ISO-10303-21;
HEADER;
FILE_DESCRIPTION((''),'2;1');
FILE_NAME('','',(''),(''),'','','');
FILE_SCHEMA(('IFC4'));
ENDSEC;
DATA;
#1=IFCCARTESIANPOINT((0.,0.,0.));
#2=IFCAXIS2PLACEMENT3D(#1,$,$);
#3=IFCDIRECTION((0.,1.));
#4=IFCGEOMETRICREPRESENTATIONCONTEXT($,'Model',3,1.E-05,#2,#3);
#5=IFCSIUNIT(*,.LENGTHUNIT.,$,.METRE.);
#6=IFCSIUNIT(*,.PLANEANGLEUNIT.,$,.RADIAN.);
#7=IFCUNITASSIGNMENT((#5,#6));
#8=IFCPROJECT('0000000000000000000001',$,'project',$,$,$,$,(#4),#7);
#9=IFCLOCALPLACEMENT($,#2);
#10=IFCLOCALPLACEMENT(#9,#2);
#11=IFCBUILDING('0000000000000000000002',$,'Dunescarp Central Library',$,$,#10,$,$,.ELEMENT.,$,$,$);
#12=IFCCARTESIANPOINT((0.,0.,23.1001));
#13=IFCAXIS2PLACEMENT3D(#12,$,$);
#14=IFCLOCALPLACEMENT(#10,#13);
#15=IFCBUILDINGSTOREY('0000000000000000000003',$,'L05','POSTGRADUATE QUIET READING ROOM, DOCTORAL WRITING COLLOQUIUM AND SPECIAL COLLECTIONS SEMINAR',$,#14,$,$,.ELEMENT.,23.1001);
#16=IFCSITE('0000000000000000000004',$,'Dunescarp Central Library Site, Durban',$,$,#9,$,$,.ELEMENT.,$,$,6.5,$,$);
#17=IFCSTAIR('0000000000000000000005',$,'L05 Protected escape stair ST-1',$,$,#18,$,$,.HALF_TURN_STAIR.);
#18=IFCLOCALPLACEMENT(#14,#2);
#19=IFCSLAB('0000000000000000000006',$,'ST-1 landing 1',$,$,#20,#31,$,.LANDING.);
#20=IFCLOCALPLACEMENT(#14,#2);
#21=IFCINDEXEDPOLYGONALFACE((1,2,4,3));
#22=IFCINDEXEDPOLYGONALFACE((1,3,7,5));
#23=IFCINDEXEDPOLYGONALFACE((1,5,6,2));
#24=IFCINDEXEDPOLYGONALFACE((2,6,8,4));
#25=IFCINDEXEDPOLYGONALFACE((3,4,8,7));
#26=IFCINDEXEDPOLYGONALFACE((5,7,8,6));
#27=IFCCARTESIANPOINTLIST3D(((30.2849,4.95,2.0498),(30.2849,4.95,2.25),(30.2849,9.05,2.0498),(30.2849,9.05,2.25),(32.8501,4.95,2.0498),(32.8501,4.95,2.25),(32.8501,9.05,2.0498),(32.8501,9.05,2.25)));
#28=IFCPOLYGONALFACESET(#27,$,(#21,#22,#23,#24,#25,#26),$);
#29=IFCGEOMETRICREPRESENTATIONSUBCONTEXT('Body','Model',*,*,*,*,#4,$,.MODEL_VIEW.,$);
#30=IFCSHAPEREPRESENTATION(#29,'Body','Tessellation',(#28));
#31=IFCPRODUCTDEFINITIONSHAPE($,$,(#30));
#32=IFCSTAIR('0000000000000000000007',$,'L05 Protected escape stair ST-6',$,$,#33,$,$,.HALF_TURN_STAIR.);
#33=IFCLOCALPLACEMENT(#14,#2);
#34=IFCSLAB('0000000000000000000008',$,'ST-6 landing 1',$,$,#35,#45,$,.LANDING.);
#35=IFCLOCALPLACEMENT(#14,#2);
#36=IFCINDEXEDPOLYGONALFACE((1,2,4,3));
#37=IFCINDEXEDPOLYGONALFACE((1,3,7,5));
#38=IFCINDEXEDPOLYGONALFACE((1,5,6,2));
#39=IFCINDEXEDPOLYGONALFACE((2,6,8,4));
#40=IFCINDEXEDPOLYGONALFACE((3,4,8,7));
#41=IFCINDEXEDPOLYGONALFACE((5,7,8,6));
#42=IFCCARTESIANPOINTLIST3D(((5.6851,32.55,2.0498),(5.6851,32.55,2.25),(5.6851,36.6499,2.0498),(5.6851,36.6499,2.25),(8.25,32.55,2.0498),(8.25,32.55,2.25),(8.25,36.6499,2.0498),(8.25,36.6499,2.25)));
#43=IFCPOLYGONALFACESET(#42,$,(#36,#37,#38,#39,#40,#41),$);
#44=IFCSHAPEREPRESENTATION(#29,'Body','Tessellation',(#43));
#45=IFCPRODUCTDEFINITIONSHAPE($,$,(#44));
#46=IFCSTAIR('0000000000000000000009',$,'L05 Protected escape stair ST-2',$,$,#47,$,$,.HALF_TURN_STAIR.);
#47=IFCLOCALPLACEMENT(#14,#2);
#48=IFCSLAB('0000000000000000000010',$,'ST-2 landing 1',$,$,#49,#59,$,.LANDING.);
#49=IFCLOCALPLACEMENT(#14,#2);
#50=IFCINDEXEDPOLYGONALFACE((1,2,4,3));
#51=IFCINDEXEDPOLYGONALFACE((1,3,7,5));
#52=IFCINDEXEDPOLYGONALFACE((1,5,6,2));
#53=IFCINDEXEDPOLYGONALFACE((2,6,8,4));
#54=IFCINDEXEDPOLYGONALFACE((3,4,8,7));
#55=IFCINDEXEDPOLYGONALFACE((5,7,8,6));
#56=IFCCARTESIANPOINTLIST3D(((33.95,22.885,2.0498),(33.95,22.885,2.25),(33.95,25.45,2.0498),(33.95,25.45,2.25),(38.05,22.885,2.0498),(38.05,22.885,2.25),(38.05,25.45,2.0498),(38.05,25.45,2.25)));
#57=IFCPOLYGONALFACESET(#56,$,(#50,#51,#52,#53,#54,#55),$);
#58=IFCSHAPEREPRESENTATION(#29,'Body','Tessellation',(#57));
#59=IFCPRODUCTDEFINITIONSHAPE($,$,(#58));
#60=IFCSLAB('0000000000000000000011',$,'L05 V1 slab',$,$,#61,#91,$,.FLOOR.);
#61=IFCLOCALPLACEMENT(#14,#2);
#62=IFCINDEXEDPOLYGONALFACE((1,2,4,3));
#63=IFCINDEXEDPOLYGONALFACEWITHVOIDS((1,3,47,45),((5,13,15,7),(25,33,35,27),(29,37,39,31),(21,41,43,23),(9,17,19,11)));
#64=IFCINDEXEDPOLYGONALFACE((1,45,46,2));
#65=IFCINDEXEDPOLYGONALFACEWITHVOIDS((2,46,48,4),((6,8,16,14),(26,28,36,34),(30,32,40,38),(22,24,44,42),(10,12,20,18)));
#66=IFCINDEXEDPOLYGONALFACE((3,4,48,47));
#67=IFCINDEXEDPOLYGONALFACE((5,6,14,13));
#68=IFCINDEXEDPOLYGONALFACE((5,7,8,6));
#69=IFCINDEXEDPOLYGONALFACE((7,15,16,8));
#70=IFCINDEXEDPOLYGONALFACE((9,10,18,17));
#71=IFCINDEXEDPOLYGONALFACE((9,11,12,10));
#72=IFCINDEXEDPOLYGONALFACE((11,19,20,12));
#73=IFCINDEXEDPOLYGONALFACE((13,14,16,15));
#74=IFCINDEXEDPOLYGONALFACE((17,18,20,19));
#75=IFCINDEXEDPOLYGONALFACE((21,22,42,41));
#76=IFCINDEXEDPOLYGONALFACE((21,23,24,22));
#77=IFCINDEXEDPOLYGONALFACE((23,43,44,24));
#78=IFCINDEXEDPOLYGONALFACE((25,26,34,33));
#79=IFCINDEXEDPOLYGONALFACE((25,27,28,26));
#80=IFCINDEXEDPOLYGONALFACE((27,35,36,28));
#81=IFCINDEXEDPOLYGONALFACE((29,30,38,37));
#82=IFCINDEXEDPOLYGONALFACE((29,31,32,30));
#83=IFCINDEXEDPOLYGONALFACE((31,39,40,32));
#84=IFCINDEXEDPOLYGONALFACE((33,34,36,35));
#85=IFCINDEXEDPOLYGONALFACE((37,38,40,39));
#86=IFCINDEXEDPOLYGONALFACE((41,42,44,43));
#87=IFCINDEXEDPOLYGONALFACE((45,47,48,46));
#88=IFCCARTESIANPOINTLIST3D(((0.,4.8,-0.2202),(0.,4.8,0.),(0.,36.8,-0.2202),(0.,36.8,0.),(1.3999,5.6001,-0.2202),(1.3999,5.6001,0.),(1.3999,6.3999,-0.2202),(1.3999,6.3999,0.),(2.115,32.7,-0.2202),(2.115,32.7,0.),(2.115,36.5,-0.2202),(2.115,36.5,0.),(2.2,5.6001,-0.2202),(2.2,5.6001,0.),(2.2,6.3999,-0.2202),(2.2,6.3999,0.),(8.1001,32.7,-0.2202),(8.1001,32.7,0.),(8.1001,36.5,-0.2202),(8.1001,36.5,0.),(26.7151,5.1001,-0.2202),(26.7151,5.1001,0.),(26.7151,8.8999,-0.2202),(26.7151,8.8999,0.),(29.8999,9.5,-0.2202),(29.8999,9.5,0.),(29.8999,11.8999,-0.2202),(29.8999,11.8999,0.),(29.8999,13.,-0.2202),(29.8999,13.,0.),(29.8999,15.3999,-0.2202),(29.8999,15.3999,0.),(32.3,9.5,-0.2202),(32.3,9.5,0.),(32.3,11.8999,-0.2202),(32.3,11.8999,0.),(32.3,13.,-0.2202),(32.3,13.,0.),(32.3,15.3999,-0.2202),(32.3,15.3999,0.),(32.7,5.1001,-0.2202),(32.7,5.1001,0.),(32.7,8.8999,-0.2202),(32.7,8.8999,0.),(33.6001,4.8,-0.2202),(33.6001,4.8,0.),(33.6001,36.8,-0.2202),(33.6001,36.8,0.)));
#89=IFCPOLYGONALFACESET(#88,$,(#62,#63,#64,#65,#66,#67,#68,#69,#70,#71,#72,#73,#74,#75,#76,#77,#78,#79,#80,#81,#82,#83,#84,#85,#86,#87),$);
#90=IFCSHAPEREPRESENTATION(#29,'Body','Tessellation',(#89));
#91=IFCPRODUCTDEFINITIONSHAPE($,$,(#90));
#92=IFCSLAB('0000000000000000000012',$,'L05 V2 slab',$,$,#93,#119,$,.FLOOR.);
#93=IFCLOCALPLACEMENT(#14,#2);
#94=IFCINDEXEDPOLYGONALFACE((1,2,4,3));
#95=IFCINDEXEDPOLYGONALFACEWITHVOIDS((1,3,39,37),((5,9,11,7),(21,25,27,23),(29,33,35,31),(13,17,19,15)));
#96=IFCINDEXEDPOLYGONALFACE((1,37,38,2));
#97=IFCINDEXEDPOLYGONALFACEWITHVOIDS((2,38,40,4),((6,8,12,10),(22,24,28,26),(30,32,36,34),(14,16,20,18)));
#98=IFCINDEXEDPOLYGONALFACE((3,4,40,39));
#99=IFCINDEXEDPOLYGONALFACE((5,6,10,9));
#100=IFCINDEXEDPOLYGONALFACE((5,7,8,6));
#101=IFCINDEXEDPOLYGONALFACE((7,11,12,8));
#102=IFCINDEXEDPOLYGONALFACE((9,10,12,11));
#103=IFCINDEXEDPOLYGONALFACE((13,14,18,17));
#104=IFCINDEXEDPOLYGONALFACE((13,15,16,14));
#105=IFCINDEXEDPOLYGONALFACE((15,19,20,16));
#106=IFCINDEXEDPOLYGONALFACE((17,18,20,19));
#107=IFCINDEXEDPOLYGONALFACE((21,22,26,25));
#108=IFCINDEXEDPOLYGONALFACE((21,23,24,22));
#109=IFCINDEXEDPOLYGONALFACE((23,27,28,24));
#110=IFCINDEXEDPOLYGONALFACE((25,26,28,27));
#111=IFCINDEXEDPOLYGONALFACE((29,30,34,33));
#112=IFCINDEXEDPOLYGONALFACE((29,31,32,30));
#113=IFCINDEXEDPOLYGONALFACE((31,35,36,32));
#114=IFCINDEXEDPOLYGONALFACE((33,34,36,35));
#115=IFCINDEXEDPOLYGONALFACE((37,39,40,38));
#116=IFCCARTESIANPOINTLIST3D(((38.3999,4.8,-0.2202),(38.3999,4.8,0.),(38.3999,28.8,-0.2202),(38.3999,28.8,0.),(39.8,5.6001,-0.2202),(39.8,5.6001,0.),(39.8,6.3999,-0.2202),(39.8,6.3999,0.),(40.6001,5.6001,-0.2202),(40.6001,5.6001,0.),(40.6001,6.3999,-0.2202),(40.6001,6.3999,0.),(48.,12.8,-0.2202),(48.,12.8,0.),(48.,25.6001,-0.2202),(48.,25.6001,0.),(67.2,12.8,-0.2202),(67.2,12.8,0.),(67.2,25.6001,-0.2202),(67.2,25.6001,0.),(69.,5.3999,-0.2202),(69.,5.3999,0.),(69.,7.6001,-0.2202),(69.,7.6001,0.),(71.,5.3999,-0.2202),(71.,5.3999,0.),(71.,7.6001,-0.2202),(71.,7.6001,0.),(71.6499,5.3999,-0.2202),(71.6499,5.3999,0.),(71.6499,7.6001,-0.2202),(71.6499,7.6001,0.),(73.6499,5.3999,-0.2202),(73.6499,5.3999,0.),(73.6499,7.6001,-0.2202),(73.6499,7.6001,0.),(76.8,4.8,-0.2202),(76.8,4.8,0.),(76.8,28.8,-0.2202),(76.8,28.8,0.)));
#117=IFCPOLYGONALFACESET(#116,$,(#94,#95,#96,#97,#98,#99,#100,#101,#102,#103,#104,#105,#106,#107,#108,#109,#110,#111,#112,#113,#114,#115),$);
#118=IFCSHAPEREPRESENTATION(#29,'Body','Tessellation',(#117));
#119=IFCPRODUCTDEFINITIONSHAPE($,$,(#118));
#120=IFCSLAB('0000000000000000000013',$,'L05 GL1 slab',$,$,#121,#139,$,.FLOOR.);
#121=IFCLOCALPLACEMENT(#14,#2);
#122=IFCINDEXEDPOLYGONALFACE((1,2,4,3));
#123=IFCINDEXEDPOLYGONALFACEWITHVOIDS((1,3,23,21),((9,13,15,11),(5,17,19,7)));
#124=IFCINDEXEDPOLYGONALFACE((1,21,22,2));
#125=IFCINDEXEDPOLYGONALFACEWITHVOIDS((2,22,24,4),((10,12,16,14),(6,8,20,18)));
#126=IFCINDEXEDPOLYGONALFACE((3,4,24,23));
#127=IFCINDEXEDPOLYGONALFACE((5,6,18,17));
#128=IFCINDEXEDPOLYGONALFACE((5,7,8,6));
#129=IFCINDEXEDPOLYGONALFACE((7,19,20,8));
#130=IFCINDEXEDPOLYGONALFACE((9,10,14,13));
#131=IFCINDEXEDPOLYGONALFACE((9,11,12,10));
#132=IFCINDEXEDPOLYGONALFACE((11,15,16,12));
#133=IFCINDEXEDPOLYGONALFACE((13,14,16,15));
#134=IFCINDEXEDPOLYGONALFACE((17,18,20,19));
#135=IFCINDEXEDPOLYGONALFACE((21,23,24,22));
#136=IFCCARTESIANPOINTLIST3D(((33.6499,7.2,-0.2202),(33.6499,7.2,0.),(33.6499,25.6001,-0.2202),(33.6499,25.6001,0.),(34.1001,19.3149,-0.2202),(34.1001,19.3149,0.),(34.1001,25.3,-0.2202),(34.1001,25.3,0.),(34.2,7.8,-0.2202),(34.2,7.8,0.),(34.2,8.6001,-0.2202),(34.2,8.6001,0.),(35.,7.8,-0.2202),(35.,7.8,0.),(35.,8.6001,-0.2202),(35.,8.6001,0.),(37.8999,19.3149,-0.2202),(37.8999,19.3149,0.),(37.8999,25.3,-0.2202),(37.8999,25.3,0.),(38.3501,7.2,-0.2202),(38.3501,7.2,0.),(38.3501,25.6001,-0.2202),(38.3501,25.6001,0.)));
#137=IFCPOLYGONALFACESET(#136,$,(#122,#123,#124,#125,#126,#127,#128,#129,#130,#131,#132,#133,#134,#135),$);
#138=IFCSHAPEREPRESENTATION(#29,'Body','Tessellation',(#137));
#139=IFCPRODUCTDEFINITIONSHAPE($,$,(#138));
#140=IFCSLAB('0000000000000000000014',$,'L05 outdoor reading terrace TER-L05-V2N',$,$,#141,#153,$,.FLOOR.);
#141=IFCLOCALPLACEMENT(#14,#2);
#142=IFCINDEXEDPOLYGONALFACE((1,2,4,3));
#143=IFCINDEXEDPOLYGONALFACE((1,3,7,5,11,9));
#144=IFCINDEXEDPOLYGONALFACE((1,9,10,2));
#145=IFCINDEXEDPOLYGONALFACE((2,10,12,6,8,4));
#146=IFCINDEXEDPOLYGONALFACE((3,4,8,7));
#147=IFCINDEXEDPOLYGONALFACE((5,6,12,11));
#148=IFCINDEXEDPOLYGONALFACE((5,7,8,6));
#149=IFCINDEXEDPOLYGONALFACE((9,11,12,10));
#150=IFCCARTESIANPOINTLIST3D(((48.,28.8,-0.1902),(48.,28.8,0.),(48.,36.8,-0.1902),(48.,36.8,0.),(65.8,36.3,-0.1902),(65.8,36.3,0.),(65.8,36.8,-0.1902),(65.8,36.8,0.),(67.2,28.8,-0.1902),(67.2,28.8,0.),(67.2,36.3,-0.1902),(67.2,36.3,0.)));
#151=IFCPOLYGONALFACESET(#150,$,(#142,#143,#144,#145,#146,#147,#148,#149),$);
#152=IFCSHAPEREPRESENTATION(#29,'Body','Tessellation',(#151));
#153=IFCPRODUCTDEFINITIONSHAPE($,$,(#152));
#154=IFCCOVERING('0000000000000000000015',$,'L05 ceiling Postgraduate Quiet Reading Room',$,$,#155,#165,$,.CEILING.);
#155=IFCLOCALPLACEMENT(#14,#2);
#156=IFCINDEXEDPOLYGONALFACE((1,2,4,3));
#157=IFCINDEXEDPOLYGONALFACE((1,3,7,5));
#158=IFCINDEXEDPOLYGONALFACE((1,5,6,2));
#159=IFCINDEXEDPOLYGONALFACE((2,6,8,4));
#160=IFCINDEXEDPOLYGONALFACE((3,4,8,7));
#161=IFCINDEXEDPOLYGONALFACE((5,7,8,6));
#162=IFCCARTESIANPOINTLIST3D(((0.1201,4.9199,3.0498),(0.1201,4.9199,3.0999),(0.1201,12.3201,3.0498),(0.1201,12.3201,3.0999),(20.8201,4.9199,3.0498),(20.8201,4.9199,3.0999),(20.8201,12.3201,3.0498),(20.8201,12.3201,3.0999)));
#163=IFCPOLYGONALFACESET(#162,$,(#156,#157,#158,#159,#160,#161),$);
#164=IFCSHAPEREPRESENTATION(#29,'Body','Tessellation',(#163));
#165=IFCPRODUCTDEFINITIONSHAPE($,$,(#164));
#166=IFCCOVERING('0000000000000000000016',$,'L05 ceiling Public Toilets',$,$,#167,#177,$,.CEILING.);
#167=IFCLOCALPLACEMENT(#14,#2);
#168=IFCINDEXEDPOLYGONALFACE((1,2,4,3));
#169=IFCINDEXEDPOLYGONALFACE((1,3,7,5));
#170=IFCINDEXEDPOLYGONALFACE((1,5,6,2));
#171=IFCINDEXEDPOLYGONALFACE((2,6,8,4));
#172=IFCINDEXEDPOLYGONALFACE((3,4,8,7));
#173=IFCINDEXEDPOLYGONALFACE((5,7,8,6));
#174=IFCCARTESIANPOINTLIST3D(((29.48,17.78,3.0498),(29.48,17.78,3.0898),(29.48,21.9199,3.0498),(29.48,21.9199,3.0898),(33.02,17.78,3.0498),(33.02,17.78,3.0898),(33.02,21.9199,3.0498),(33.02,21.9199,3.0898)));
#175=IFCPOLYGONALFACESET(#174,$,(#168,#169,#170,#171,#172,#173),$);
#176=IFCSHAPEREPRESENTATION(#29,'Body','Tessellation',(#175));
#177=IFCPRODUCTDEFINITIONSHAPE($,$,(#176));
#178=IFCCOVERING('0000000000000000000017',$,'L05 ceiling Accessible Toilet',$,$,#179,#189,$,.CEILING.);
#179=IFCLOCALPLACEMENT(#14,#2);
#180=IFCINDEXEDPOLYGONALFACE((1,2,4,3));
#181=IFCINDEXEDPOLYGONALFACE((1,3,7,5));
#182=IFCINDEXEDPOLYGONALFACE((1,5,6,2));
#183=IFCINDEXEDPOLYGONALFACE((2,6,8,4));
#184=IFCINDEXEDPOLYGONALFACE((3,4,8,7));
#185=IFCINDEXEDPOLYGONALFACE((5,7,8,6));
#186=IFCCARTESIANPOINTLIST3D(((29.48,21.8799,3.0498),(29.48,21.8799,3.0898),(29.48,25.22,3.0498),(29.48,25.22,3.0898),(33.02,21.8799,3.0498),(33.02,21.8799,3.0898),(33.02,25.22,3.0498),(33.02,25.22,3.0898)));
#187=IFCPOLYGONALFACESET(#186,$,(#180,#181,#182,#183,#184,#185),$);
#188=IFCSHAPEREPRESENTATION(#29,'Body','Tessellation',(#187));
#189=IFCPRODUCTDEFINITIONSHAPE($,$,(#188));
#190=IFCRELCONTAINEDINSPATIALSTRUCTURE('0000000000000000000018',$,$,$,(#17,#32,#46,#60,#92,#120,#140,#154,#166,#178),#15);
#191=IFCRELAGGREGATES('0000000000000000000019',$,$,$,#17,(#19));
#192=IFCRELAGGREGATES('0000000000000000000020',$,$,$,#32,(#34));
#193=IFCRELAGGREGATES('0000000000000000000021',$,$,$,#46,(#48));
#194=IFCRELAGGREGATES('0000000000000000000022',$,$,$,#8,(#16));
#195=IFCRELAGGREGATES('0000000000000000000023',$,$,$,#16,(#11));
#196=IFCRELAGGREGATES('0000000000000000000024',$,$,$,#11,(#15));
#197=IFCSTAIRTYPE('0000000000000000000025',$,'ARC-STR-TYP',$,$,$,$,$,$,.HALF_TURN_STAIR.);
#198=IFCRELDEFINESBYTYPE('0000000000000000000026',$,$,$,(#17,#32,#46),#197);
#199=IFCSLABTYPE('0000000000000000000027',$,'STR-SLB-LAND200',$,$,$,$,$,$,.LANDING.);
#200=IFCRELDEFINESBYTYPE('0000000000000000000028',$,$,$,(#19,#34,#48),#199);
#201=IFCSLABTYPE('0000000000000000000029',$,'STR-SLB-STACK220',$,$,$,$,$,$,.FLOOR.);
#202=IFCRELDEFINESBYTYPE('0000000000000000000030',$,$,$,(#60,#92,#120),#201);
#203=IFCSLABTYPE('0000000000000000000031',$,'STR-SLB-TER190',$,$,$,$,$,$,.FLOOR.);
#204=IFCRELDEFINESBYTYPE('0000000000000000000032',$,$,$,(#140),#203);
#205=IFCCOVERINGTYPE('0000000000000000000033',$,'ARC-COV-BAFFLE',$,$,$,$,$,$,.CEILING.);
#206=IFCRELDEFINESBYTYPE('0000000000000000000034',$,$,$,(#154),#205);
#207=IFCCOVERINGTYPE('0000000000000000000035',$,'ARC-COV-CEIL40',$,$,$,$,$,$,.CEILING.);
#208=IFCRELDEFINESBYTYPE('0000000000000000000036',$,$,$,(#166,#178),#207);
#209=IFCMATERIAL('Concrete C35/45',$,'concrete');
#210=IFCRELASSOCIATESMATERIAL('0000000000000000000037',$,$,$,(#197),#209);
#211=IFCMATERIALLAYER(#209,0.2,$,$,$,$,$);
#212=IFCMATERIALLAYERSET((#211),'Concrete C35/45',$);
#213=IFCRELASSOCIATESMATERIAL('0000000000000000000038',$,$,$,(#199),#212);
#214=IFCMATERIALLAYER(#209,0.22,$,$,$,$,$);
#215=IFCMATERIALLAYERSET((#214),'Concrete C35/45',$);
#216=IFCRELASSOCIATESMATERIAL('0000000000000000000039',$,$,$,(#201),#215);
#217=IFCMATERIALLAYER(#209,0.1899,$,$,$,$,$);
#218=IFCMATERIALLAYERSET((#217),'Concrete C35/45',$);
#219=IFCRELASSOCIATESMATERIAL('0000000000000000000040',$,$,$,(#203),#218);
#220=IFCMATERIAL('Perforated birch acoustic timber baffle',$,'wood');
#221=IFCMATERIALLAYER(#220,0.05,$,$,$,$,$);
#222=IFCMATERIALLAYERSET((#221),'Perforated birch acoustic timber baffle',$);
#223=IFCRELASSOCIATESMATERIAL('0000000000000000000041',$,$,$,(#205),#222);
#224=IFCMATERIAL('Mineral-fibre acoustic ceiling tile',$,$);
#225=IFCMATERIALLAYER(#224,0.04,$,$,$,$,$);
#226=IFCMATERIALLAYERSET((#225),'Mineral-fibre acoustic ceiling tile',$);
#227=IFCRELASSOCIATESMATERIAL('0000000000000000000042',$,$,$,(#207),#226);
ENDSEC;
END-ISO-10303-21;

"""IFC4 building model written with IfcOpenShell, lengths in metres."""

from ifc_helpers import new_model, si_unit, direction, frame, origin, place, context, subcontext, project, spatial, polyline, outline, extrude, material, layer, layer_set, type_object, element, aggregate, save


model = new_model("IFC4")

# Units and contexts
model_context = context("Model", 3, precision=1e-05, world=origin(), true_north=direction((0.0, 1.0)))
body_context = subcontext(model_context, "Body", "Model", "MODEL_VIEW")
ifc_project = project(units=[si_unit("LENGTHUNIT", "METRE"), si_unit("PLANEANGLEUNIT", "RADIAN")], contexts=[model_context])

# Site, building, storey
site_placement = place(None, origin())
site = spatial("IfcSite", under=ifc_project, at=site_placement, Name="Dunescarp Central Library Site, Durban", CompositionType="ELEMENT", RefElevation=6.5)
building_placement = place(site_placement, origin())
building = spatial("IfcBuilding", under=site, at=building_placement, Name="Dunescarp Central Library", CompositionType="ELEMENT")
storey_placement = place(building_placement, frame((0.0, 0.0, 23.1001)))
storey = spatial("IfcBuildingStorey", under=building, at=storey_placement, Name="L05", Description="POSTGRADUATE QUIET READING ROOM, DOCTORAL WRITING COLLOQUIUM AND SPECIAL COLLECTIONS SEMINAR", CompositionType="ELEMENT", Elevation=23.1001)

# Stairs, slabs
ifc_material_1 = material(Name="Concrete C35/45", Category="concrete")
stair_type = type_object("IfcStairType", Name="ARC-STR-TYP", PredefinedType="HALF_TURN_STAIR", material=ifc_material_1)
stair_1_placement = place(storey_placement, origin())
stair_1 = element("IfcStair", 1, at=stair_1_placement, inside=storey, type_object=stair_type, Name="L05 Protected escape stair ST-1", PredefinedType="HALF_TURN_STAIR")
ifc_layer_1 = layer(ifc_material_1, 0.2)
ifc_layer_set_1 = layer_set([ifc_layer_1], Name="Concrete C35/45")
slab_type_1 = type_object("IfcSlabType", Name="STR-SLB-LAND200", PredefinedType="LANDING", material=ifc_layer_set_1)
slab_1_placement = place(storey_placement, frame((0.0, 0.0, 2.0498)))
slab_1 = element("IfcSlab", 2, at=slab_1_placement, type_object=slab_type_1, Name="ST-1 landing 1", PredefinedType="LANDING", context=body_context, shape_type="SweptSolid", body=[
    extrude(outline(polyline([(30.2849, 4.95), (32.8501, 4.95), (32.8501, 9.05), (30.2849, 9.05), (30.2849, 4.95)])), origin(), (0.0, 0.0, 1.0), 0.2002),
])
aggregate(stair_1, [slab_1])
stair_2_placement = place(storey_placement, origin())
stair_2 = element("IfcStair", 3, at=stair_2_placement, inside=storey, type_object=stair_type, Name="L05 Protected escape stair ST-6", PredefinedType="HALF_TURN_STAIR")
slab_2_placement = place(storey_placement, frame((0.0, 0.0, 2.0498)))
slab_2 = element("IfcSlab", 4, at=slab_2_placement, type_object=slab_type_1, Name="ST-6 landing 1", PredefinedType="LANDING", context=body_context, shape_type="SweptSolid", body=[
    extrude(outline(polyline([(5.6851, 32.55), (8.25, 32.55), (8.25, 36.6499), (5.6851, 36.6499), (5.6851, 32.55)])), origin(), (0.0, 0.0, 1.0), 0.2002),
])
aggregate(stair_2, [slab_2])
stair_3_placement = place(storey_placement, origin())
stair_3 = element("IfcStair", 5, at=stair_3_placement, inside=storey, type_object=stair_type, Name="L05 Protected escape stair ST-2", PredefinedType="HALF_TURN_STAIR")
slab_3_placement = place(storey_placement, frame((0.0, 0.0, 2.0498)))
slab_3 = element("IfcSlab", 6, at=slab_3_placement, type_object=slab_type_1, Name="ST-2 landing 1", PredefinedType="LANDING", context=body_context, shape_type="SweptSolid", body=[
    extrude(outline(polyline([(33.95, 22.885), (38.05, 22.885), (38.05, 25.45), (33.95, 25.45), (33.95, 22.885)])), origin(), (0.0, 0.0, 1.0), 0.2002),
])
aggregate(stair_3, [slab_3])

# Slabs
ifc_layer_2 = layer(ifc_material_1, 0.22)
ifc_layer_set_2 = layer_set([ifc_layer_2], Name="Concrete C35/45")
slab_type_2 = type_object("IfcSlabType", Name="STR-SLB-STACK220", PredefinedType="FLOOR", material=ifc_layer_set_2)
slab_4_placement = place(storey_placement, frame((0.0, 0.0, -0.2202)))
element("IfcSlab", 7, at=slab_4_placement, inside=storey, type_object=slab_type_2, Name="L05 V1 slab", PredefinedType="FLOOR", context=body_context, shape_type="SweptSolid", body=[
    extrude(outline(polyline([(0.0, 4.8), (33.6001, 4.8), (33.6001, 36.8), (0.0, 36.8), (0.0, 4.8)]), holes=[polyline([(26.7151, 5.1001), (32.7, 5.1001), (32.7, 8.8999), (26.7151, 8.8999), (26.7151, 5.1001)]), polyline([(2.115, 32.7), (8.1001, 32.7), (8.1001, 36.5), (2.115, 36.5), (2.115, 32.7)]), polyline([(29.8999, 9.5), (32.3, 9.5), (32.3, 11.8999), (29.8999, 11.8999), (29.8999, 9.5)]), polyline([(29.8999, 13.0), (32.3, 13.0), (32.3, 15.3999), (29.8999, 15.3999), (29.8999, 13.0)]), polyline([(1.3999, 5.6001), (2.2, 5.6001), (2.2, 6.3999), (1.3999, 6.3999), (1.3999, 5.6001)])]), origin(), (0.0, 0.0, 1.0), 0.2202),
])
slab_5_placement = place(storey_placement, frame((0.0, 0.0, -0.2202)))
element("IfcSlab", 8, at=slab_5_placement, inside=storey, type_object=slab_type_2, Name="L05 V2 slab", PredefinedType="FLOOR", context=body_context, shape_type="SweptSolid", body=[
    extrude(outline(polyline([(38.3999, 4.8), (76.8, 4.8), (76.8, 28.8), (38.3999, 28.8), (38.3999, 4.8)]), holes=[polyline([(69.0, 5.3999), (71.0, 5.3999), (71.0, 7.6001), (69.0, 7.6001), (69.0, 5.3999)]), polyline([(71.6499, 5.3999), (73.6499, 5.3999), (73.6499, 7.6001), (71.6499, 7.6001), (71.6499, 5.3999)]), polyline([(48.0, 12.8), (67.2, 12.8), (67.2, 25.6001), (48.0, 25.6001), (48.0, 12.8)]), polyline([(39.8, 5.6001), (40.6001, 5.6001), (40.6001, 6.3999), (39.8, 6.3999), (39.8, 5.6001)])]), origin(), (0.0, 0.0, 1.0), 0.2202),
])
slab_6_placement = place(storey_placement, frame((0.0, 0.0, -0.2202)))
element("IfcSlab", 9, at=slab_6_placement, inside=storey, type_object=slab_type_2, Name="L05 GL1 slab", PredefinedType="FLOOR", context=body_context, shape_type="SweptSolid", body=[
    extrude(outline(polyline([(33.6499, 7.2), (38.3501, 7.2), (38.3501, 25.6001), (33.6499, 25.6001), (33.6499, 7.2)]), holes=[polyline([(34.1001, 19.3149), (37.8999, 19.3149), (37.8999, 25.3), (34.1001, 25.3), (34.1001, 19.3149)]), polyline([(34.2, 7.8), (35.0, 7.8), (35.0, 8.6001), (34.2, 8.6001), (34.2, 7.8)])]), origin(), (0.0, 0.0, 1.0), 0.2202),
])
ifc_layer_3 = layer(ifc_material_1, 0.1899)
ifc_layer_set_3 = layer_set([ifc_layer_3], Name="Concrete C35/45")
slab_type_3 = type_object("IfcSlabType", Name="STR-SLB-TER190", PredefinedType="FLOOR", material=ifc_layer_set_3)
slab_7_placement = place(storey_placement, frame((0.0, 0.0, -0.1902)))
element("IfcSlab", 10, at=slab_7_placement, inside=storey, type_object=slab_type_3, Name="L05 outdoor reading terrace TER-L05-V2N", PredefinedType="FLOOR", context=body_context, shape_type="SweptSolid", body=[
    extrude(outline(polyline([(48.0, 28.8), (67.2, 28.8), (67.2, 36.3), (65.8, 36.3), (65.8, 36.8), (48.0, 36.8), (48.0, 28.8)])), origin(), (0.0, 0.0, 1.0), 0.1902),
])

# Coverings
ifc_material_2 = material(Name="Perforated birch acoustic timber baffle", Category="wood")
ifc_layer_4 = layer(ifc_material_2, 0.05)
ifc_layer_set_4 = layer_set([ifc_layer_4], Name="Perforated birch acoustic timber baffle")
covering_type_1 = type_object("IfcCoveringType", Name="ARC-COV-BAFFLE", PredefinedType="CEILING", material=ifc_layer_set_4)
covering_1_placement = place(storey_placement, frame((0.0, 0.0, 3.0498)))
element("IfcCovering", 11, at=covering_1_placement, inside=storey, type_object=covering_type_1, Name="L05 ceiling Postgraduate Quiet Reading Room", PredefinedType="CEILING", context=body_context, shape_type="SweptSolid", body=[
    extrude(outline(polyline([(0.1201, 4.9199), (20.8201, 4.9199), (20.8201, 12.3201), (0.1201, 12.3201), (0.1201, 4.9199)])), origin(), (0.0, 0.0, 1.0), 0.05),
])
ifc_material_3 = material(Name="Mineral-fibre acoustic ceiling tile")
ifc_layer_5 = layer(ifc_material_3, 0.04)
ifc_layer_set_5 = layer_set([ifc_layer_5], Name="Mineral-fibre acoustic ceiling tile")
covering_type_2 = type_object("IfcCoveringType", Name="ARC-COV-CEIL40", PredefinedType="CEILING", material=ifc_layer_set_5)
covering_2_placement = place(storey_placement, frame((0.0, 0.0, 3.0498)))
element("IfcCovering", 12, at=covering_2_placement, inside=storey, type_object=covering_type_2, Name="L05 ceiling Public Toilets", PredefinedType="CEILING", context=body_context, shape_type="SweptSolid", body=[
    extrude(outline(polyline([(29.48, 17.78), (33.02, 17.78), (33.02, 21.9199), (29.48, 21.9199), (29.48, 17.78)])), origin(), (0.0, 0.0, 1.0), 0.04),
])
covering_3_placement = place(storey_placement, frame((0.0, 0.0, 3.0498)))
element("IfcCovering", 13, at=covering_3_placement, inside=storey, type_object=covering_type_2, Name="L05 ceiling Accessible Toilet", PredefinedType="CEILING", context=body_context, shape_type="SweptSolid", body=[
    extrude(outline(polyline([(29.48, 21.8799), (33.02, 21.8799), (33.02, 25.22), (29.48, 25.22), (29.48, 21.8799)])), origin(), (0.0, 0.0, 1.0), 0.04),
])

save(model, "model.ifc")
